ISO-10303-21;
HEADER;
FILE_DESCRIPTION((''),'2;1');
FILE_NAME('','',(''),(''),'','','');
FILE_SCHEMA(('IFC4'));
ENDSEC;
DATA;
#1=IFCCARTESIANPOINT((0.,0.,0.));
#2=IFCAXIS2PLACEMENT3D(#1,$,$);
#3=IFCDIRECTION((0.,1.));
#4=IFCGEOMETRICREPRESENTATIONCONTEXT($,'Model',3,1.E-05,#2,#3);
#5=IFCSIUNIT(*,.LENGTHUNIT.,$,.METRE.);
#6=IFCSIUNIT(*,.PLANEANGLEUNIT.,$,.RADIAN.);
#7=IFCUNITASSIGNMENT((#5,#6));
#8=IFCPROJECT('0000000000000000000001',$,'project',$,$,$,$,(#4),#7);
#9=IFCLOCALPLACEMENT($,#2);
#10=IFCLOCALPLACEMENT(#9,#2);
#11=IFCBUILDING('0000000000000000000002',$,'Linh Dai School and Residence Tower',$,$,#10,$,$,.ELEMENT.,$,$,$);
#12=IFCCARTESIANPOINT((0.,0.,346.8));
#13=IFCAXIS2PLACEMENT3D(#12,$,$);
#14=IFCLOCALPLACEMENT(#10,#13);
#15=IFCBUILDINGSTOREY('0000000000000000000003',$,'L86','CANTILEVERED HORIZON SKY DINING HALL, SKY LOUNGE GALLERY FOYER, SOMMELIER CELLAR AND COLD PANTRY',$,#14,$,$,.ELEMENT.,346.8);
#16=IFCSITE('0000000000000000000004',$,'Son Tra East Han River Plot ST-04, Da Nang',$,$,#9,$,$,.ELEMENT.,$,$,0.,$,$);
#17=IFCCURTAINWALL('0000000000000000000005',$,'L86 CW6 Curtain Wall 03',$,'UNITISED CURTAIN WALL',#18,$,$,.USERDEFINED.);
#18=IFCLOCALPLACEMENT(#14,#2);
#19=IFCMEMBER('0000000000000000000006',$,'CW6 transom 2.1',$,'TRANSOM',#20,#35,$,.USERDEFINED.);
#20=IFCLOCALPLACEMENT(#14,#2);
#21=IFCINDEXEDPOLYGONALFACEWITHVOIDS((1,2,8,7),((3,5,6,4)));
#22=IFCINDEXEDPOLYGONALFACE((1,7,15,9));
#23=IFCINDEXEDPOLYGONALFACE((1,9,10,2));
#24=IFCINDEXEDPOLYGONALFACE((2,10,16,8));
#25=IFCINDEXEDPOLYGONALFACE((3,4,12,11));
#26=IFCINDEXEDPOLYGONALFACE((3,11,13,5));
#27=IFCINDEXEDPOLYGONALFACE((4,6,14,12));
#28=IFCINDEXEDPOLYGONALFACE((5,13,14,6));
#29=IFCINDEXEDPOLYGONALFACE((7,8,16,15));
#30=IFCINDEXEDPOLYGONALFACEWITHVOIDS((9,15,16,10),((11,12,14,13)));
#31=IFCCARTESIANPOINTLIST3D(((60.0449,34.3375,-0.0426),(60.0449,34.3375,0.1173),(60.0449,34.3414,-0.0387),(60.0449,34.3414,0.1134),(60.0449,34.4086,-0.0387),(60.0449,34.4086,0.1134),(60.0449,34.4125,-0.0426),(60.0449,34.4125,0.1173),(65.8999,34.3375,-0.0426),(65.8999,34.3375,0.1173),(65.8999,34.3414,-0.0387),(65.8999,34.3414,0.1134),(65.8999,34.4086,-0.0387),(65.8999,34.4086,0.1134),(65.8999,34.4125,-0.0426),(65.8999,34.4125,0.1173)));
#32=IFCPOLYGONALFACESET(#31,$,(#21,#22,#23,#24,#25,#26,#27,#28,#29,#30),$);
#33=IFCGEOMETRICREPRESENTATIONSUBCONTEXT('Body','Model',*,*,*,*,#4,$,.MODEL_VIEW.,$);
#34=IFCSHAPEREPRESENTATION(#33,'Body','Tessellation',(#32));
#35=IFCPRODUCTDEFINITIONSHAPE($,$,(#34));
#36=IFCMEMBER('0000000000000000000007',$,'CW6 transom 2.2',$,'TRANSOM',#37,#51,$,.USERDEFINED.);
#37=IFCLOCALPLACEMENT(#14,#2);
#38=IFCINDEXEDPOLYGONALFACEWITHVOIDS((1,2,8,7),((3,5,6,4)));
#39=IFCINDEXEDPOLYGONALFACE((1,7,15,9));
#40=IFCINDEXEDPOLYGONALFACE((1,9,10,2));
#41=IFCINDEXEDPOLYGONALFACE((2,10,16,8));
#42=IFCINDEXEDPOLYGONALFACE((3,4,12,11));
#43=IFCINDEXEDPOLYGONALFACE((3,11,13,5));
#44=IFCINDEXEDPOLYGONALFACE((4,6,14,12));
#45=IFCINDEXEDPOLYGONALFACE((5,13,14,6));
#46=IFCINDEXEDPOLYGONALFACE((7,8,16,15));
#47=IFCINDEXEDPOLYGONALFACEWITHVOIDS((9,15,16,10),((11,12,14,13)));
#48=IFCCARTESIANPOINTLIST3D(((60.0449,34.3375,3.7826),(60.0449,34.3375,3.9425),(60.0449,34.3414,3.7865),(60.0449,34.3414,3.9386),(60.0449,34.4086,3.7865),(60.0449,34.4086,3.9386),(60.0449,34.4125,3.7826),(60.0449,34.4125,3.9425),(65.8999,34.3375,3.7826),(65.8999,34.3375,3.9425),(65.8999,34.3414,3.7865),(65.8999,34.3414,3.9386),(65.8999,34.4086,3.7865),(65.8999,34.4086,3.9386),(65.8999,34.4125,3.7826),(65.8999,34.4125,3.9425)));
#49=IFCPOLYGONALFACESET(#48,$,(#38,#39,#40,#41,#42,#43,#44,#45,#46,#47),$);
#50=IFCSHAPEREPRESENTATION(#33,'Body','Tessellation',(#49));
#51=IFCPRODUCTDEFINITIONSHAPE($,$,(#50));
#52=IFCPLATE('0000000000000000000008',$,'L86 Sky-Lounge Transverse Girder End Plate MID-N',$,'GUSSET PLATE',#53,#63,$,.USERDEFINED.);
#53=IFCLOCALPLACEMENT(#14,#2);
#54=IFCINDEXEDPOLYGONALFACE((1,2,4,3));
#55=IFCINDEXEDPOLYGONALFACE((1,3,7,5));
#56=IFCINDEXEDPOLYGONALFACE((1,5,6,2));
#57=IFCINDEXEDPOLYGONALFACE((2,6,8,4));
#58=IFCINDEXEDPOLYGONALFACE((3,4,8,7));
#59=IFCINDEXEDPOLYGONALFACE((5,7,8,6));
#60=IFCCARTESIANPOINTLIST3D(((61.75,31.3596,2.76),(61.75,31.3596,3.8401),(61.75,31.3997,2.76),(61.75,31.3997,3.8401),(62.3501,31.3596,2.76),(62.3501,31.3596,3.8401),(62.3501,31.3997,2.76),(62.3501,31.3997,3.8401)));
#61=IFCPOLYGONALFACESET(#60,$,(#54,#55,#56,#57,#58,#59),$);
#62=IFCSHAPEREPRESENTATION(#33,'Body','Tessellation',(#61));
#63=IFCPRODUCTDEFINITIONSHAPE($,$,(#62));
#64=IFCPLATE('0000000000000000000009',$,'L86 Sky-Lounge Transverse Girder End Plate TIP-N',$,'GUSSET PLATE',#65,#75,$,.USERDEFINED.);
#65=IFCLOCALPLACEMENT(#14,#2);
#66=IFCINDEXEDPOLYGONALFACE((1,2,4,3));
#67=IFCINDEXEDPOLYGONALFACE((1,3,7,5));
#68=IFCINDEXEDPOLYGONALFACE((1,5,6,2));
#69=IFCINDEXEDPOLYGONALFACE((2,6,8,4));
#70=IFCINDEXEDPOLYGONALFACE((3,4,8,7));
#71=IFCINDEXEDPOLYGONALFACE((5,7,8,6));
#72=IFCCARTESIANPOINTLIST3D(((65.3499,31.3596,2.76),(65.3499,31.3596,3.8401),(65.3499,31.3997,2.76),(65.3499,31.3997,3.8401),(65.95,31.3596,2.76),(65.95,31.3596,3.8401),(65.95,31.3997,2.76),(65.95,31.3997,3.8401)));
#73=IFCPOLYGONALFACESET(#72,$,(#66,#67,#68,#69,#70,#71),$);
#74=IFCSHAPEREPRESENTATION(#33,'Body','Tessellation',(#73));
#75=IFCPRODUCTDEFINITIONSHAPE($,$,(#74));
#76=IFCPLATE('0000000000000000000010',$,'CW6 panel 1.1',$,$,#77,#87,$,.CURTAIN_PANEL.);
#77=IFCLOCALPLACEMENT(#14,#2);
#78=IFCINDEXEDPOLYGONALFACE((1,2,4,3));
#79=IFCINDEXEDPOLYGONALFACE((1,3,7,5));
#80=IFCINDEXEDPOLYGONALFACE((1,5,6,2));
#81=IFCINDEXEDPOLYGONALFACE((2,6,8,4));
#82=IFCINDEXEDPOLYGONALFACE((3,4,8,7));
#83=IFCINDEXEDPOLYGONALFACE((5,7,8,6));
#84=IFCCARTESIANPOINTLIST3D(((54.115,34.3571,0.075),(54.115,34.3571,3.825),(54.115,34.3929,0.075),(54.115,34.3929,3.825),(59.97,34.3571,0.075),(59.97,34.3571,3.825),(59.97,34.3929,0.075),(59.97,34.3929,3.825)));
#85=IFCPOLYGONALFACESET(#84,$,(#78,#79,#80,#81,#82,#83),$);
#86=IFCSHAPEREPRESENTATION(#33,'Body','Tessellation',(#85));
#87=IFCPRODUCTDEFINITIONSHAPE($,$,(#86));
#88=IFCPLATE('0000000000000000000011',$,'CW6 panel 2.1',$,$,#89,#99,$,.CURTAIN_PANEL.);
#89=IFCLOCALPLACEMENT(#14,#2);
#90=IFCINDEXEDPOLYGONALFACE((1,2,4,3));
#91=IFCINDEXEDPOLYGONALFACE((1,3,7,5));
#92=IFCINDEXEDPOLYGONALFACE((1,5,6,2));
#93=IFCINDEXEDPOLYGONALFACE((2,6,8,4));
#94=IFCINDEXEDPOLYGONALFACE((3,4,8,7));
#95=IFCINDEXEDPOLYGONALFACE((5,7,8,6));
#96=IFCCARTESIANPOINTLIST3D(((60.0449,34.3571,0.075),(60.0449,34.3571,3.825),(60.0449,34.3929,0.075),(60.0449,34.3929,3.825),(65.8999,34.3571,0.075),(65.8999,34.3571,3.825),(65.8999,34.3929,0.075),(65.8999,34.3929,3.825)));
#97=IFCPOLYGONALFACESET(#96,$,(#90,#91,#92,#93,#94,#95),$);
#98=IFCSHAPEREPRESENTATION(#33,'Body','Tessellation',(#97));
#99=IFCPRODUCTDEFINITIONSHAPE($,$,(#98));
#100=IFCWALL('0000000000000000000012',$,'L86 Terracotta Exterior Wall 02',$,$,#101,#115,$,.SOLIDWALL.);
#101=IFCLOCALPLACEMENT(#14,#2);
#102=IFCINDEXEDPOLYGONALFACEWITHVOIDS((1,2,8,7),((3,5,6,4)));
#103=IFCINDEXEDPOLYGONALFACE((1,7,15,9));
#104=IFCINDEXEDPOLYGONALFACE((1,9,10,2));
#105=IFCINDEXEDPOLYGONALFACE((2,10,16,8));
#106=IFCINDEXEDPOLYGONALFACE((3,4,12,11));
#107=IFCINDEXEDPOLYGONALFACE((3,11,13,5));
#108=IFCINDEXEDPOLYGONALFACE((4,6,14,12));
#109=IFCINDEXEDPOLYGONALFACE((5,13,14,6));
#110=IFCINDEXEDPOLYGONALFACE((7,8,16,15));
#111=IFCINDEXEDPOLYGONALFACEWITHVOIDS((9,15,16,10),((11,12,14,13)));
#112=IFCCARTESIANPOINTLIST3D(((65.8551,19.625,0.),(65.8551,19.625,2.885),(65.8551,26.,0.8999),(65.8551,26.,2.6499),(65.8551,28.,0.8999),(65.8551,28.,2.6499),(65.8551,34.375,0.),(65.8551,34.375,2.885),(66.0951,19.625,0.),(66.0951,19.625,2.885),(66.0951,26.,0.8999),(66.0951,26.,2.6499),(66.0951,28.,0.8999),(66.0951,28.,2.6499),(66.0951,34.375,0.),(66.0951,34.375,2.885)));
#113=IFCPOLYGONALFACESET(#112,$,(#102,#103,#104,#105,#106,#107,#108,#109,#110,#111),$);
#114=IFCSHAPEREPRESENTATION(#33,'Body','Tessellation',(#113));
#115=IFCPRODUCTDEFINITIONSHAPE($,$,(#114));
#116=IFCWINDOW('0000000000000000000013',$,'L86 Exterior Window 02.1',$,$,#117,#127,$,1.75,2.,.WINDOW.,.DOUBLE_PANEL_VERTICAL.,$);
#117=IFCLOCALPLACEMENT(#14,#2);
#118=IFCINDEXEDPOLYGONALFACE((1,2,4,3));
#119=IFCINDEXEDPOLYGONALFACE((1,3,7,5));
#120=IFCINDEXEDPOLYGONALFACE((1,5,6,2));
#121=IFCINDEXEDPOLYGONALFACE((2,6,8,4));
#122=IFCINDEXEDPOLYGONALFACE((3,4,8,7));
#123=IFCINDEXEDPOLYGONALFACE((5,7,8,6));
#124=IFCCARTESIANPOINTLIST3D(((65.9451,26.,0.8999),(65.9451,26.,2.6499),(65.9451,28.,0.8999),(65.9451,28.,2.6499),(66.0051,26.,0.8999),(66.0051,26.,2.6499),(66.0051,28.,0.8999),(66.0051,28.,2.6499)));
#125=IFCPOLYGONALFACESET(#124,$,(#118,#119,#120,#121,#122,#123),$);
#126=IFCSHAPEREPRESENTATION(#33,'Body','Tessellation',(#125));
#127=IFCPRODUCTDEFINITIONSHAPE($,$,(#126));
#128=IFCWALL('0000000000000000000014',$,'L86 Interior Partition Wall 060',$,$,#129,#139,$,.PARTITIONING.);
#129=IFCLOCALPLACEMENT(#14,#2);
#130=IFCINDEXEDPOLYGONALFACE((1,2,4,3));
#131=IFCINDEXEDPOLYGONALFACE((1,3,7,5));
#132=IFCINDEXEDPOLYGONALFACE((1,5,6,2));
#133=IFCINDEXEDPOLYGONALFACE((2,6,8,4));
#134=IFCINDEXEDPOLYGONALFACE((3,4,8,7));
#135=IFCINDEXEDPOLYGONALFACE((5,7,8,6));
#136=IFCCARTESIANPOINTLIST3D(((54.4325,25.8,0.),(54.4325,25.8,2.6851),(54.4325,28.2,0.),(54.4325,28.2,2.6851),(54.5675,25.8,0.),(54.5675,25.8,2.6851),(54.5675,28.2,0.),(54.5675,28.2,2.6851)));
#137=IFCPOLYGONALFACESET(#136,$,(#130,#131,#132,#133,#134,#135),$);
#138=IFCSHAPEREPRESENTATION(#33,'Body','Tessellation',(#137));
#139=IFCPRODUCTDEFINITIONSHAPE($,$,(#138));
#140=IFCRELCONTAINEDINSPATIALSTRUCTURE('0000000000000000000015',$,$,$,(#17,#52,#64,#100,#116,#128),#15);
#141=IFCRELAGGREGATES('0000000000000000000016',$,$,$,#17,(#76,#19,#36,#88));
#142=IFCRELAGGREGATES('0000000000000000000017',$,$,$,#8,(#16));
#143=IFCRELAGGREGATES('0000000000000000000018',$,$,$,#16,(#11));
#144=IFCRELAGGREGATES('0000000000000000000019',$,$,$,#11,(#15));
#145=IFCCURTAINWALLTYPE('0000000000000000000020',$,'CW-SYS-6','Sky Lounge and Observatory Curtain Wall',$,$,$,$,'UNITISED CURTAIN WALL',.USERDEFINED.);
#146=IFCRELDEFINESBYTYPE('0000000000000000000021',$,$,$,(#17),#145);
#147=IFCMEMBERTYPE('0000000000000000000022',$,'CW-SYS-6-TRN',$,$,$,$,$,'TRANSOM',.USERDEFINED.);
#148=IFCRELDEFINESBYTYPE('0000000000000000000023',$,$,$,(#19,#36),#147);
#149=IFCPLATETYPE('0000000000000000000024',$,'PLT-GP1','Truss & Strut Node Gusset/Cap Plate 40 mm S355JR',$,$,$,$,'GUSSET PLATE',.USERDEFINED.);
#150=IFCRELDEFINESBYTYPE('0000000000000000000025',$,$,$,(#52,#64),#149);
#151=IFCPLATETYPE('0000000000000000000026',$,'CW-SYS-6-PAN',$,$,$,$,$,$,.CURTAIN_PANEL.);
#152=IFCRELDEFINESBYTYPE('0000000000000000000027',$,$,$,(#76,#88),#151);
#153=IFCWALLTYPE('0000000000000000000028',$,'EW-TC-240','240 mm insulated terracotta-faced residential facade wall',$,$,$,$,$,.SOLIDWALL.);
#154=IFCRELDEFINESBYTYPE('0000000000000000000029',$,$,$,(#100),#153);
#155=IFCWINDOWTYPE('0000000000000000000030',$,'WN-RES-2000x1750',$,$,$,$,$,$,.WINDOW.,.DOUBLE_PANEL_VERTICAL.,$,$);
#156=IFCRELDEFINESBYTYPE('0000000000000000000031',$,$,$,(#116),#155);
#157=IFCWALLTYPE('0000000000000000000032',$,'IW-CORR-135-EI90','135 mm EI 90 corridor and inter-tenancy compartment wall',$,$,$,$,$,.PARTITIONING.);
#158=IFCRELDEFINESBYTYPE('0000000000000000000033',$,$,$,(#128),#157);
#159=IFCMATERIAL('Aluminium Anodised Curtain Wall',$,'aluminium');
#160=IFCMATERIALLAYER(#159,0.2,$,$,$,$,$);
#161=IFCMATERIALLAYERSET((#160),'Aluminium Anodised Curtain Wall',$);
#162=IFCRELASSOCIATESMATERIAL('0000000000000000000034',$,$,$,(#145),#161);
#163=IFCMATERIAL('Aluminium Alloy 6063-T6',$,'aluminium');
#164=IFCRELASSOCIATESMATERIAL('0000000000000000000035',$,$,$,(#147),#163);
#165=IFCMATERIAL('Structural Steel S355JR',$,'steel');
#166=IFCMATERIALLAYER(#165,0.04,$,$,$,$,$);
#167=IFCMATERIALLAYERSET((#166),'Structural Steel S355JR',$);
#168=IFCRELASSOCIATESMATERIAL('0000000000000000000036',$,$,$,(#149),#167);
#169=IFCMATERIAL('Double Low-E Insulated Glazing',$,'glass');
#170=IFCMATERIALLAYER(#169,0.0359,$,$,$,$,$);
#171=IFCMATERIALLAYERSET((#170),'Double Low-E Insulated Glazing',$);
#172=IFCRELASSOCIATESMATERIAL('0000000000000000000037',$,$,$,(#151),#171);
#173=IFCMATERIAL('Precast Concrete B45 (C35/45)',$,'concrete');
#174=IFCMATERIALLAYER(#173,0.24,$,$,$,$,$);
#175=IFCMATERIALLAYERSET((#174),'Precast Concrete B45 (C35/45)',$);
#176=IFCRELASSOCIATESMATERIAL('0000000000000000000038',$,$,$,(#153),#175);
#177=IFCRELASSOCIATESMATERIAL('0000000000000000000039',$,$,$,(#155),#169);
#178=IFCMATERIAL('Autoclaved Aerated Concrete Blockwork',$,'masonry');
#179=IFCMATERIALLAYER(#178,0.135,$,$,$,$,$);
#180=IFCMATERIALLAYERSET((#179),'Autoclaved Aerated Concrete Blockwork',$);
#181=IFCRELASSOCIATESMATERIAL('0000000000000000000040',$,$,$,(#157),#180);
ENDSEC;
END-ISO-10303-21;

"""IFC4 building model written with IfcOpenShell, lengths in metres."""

from ifc_helpers import new_model, si_unit, direction, frame, frame_2d, origin, origin_2d, place, context, subcontext, project, spatial, rectangle, hollow_rectangle, extrude, source, transform, mapped, material, layer, layer_set, material_profile, profile_set, type_object, element, fill, aggregate, save


model = new_model("IFC4")

# Units and contexts
model_context = context("Model", 3, precision=1e-05, world=origin(), true_north=direction((0.0, 1.0)))
body_context = subcontext(model_context, "Body", "Model", "MODEL_VIEW")
ifc_project = project(units=[si_unit("LENGTHUNIT", "METRE"), si_unit("PLANEANGLEUNIT", "RADIAN")], contexts=[model_context])

# Site, building, storey
site_placement = place(None, origin())
site = spatial("IfcSite", under=ifc_project, at=site_placement, Name="Son Tra East Han River Plot ST-04, Da Nang", CompositionType="ELEMENT", RefElevation=0.0)
building_placement = place(site_placement, origin())
building = spatial("IfcBuilding", under=site, at=building_placement, Name="Linh Dai School and Residence Tower", CompositionType="ELEMENT")
storey_placement = place(building_placement, frame((0.0, 0.0, 346.8)))
storey = spatial("IfcBuildingStorey", under=building, at=storey_placement, Name="L86", Description="CANTILEVERED HORIZON SKY DINING HALL, SKY LOUNGE GALLERY FOYER, SOMMELIER CELLAR AND COLD PANTRY", CompositionType="ELEMENT", Elevation=346.8)

# Shared definitions
ifc_material_1 = material(Name="Structural Steel S355JR", Category="steel")

# Curtain wall, members
ifc_material_2 = material(Name="Aluminium Anodised Curtain Wall", Category="aluminium")
ifc_layer_1 = layer(ifc_material_2, 0.2)
ifc_layer_set_1 = layer_set([ifc_layer_1], Name="Aluminium Anodised Curtain Wall")
curtain_wall_type = type_object("IfcCurtainWallType", Name="CW-SYS-6", Description="Sky Lounge and Observatory Curtain Wall", ElementType="UNITISED CURTAIN WALL", PredefinedType="USERDEFINED", material=ifc_layer_set_1)
curtain_wall_placement = place(storey_placement, origin())
curtain_wall = element("IfcCurtainWall", 1, at=curtain_wall_placement, inside=storey, type_object=curtain_wall_type, Name="L86 CW6 Curtain Wall 03", ObjectType="UNITISED CURTAIN WALL", PredefinedType="USERDEFINED")
ifc_material_3 = material(Name="Aluminium Alloy 6063-T6", Category="aluminium")
ifc_material_profile_1 = material_profile(ifc_material_3, hollow_rectangle(XDim=0.075, YDim=0.1599, WallThickness=0.0039, at=origin_2d()), Name="RHS 160x75x4")
ifc_profile_set_1 = profile_set([ifc_material_profile_1], Name="Aluminium Alloy 6063-T6")
member_type_1 = type_object("IfcMemberType", Name="CW-SYS-6-TRN", ElementType="TRANSOM", PredefinedType="USERDEFINED", material=ifc_profile_set_1)
shared_shape_1 = source(origin(), body_context, "Body", "SweptSolid", [
    extrude(hollow_rectangle(XDim=0.075, YDim=0.1599, WallThickness=0.0039, at=origin_2d()), origin(), (0.0, 0.0, 1.0), 5.855),
])
member_1_placement = place(storey_placement, frame((60.0449, 34.375, 0.0374), z_axis=(1.0, 0.0, 0.0), x_axis=(0.0, 1.0, 0.0)))
member_1 = element("IfcMember", 2, at=member_1_placement, type_object=member_type_1, Name="CW6 transom 2.1", ObjectType="TRANSOM", PredefinedType="USERDEFINED", context=body_context, shape_type="MappedRepresentation", body=[
    mapped(shared_shape_1, transform((0.0, 0.0, 0.0), x_axis=(1.0, 0.0, 0.0), y_axis=(0.0, 1.0, 0.0), z_axis=(0.0, 0.0, 1.0), scale=1.0)),
])
member_2_placement = place(storey_placement, frame((60.0449, 34.375, 3.8625), z_axis=(1.0, 0.0, 0.0), x_axis=(0.0, 1.0, 0.0)))
member_2 = element("IfcMember", 3, at=member_2_placement, type_object=member_type_1, Name="CW6 transom 2.2", ObjectType="TRANSOM", PredefinedType="USERDEFINED", context=body_context, shape_type="MappedRepresentation", body=[
    mapped(shared_shape_1, transform((0.0, 0.0, 0.0), x_axis=(1.0, 0.0, 0.0), y_axis=(0.0, 1.0, 0.0), z_axis=(0.0, 0.0, 1.0), scale=1.0)),
])

# Plates
ifc_layer_2 = layer(ifc_material_1, 0.04)
ifc_layer_set_2 = layer_set([ifc_layer_2], Name="Structural Steel S355JR")
plate_type_1 = type_object("IfcPlateType", Name="PLT-GP1", Description="Truss & Strut Node Gusset/Cap Plate 40 mm S355JR", ElementType="GUSSET PLATE", PredefinedType="USERDEFINED", material=ifc_layer_set_2)
shared_shape_2 = source(origin(), body_context, "Body", "SweptSolid", [
    extrude(rectangle(XDim=0.6001, YDim=0.04, at=origin_2d()), origin(), (0.0, 0.0, 1.0), 1.0801),
])
for number, where, z_axis, x_axis, name in (
    (4, (62.05, 31.3796, 2.76), (0.0, 0.0, 1.0), (1.0, 0.0, 0.0), "L86 Sky-Lounge Transverse Girder End Plate MID-N"),
    (5, (65.6499, 31.3796, 2.76), (0.0, 0.0, 1.0), (1.0, 0.0, 0.0), "L86 Sky-Lounge Transverse Girder End Plate TIP-N"),
):
    element("IfcPlate", number, at=place(storey_placement, frame(where, z_axis=z_axis, x_axis=x_axis)), inside=storey, type_object=plate_type_1, Name=name, ObjectType="GUSSET PLATE", PredefinedType="USERDEFINED", context=body_context, shape_type="MappedRepresentation", body=[
        mapped(shared_shape_2, transform((0.0, 0.0, 0.0), x_axis=(1.0, 0.0, 0.0), y_axis=(0.0, 1.0, 0.0), z_axis=(0.0, 0.0, 1.0), scale=1.0)),
    ])

# Plates
ifc_material_4 = material(Name="Double Low-E Insulated Glazing", Category="glass")
ifc_layer_3 = layer(ifc_material_4, 0.0359)
ifc_layer_set_3 = layer_set([ifc_layer_3], Name="Double Low-E Insulated Glazing")
plate_type_2 = type_object("IfcPlateType", Name="CW-SYS-6-PAN", PredefinedType="CURTAIN_PANEL", material=ifc_layer_set_3)
shared_shape_3 = source(origin(), body_context, "Body", "SweptSolid", [
    extrude(rectangle(XDim=5.855, YDim=0.0359, at=origin_2d()), origin(), (0.0, 0.0, 1.0), 3.75),
])
plate_1_placement = place(storey_placement, frame((57.0425, 34.375, 0.075), z_axis=(0.0, 0.0, 1.0), x_axis=(1.0, 0.0, 0.0)))
plate_1 = element("IfcPlate", 6, at=plate_1_placement, type_object=plate_type_2, Name="CW6 panel 1.1", PredefinedType="CURTAIN_PANEL", context=body_context, shape_type="MappedRepresentation", body=[
    mapped(shared_shape_3, transform((0.0, 0.0, 0.0), x_axis=(1.0, 0.0, 0.0), y_axis=(0.0, 1.0, 0.0), z_axis=(0.0, 0.0, 1.0), scale=1.0)),
])
plate_2_placement = place(storey_placement, frame((62.9724, 34.375, 0.075), z_axis=(0.0, 0.0, 1.0), x_axis=(1.0, 0.0, 0.0)))
plate_2 = element("IfcPlate", 7, at=plate_2_placement, type_object=plate_type_2, Name="CW6 panel 2.1", PredefinedType="CURTAIN_PANEL", context=body_context, shape_type="MappedRepresentation", body=[
    mapped(shared_shape_3, transform((0.0, 0.0, 0.0), x_axis=(1.0, 0.0, 0.0), y_axis=(0.0, 1.0, 0.0), z_axis=(0.0, 0.0, 1.0), scale=1.0)),
])
aggregate(curtain_wall, [plate_1, member_1, member_2, plate_2])

# Wall, opening, window
ifc_material_5 = material(Name="Precast Concrete B45 (C35/45)", Category="concrete")
ifc_layer_4 = layer(ifc_material_5, 0.24)
ifc_layer_set_4 = layer_set([ifc_layer_4], Name="Precast Concrete B45 (C35/45)")
wall_type_1 = type_object("IfcWallType", Name="EW-TC-240", Description="240 mm insulated terracotta-faced residential facade wall", PredefinedType="SOLIDWALL", material=ifc_layer_set_4)
wall_1_placement = place(storey_placement, frame((65.9751, 34.375, 0.0), z_axis=(0.0, 0.0, 1.0), x_axis=(0.0, -1.0, 0.0)))
wall_1 = element("IfcWall", 8, at=wall_1_placement, inside=storey, type_object=wall_type_1, Name="L86 Terracotta Exterior Wall 02", PredefinedType="SOLIDWALL", context=body_context, shape_type="SweptSolid", body=[
    extrude(rectangle(XDim=14.75, YDim=0.24, at=frame_2d((7.375, 0.0))), origin(), (0.0, 0.0, 1.0), 2.885),
])
opening_placement = place(wall_1_placement, frame((6.375, 0.0, 0.8999)))
opening = element("IfcOpeningElement", 9, at=opening_placement, cuts=wall_1, PredefinedType="OPENING", context=body_context, shape_type="SweptSolid", body=[
    extrude(rectangle(XDim=2.0, YDim=1.75, at=origin_2d()), frame((1.0, 0.1299, 0.875), z_axis=(0.0, -1.0, 0.0), x_axis=(1.0, 0.0, 0.0)), (0.0, 0.0, 1.0), 0.26),
])
window_type = type_object("IfcWindowType", Name="WN-RES-2000x1750", PartitioningType="DOUBLE_PANEL_VERTICAL", PredefinedType="WINDOW", material=ifc_material_4)
shared_shape_4 = source(origin(), body_context, "Body", "SweptSolid", [
    extrude(rectangle(XDim=2.0, YDim=1.75, at=origin_2d()), frame((1.0, 0.03, 0.875), z_axis=(0.0, -1.0, 0.0), x_axis=(1.0, 0.0, 0.0)), (0.0, 0.0, 1.0), 0.0601),
])
window_placement = place(opening_placement, origin())
window = element("IfcWindow", 10, at=window_placement, inside=storey, type_object=window_type, Name="L86 Exterior Window 02.1", OverallHeight=1.75, OverallWidth=2.0, PartitioningType="DOUBLE_PANEL_VERTICAL", PredefinedType="WINDOW", context=body_context, shape_type="MappedRepresentation", body=[
    mapped(shared_shape_4, transform((0.0, 0.0, 0.0), x_axis=(1.0, 0.0, 0.0), y_axis=(0.0, 1.0, 0.0), z_axis=(0.0, 0.0, 1.0), scale=1.0)),
])
fill(opening, window)

# Wall
ifc_material_6 = material(Name="Autoclaved Aerated Concrete Blockwork", Category="masonry")
ifc_layer_5 = layer(ifc_material_6, 0.135)
ifc_layer_set_5 = layer_set([ifc_layer_5], Name="Autoclaved Aerated Concrete Blockwork")
wall_type_2 = type_object("IfcWallType", Name="IW-CORR-135-EI90", Description="135 mm EI 90 corridor and inter-tenancy compartment wall", PredefinedType="PARTITIONING", material=ifc_layer_set_5)
wall_2_placement = place(storey_placement, frame((54.5, 25.8, 0.0), z_axis=(0.0, 0.0, 1.0), x_axis=(0.0, 1.0, 0.0)))
element("IfcWall", 11, at=wall_2_placement, inside=storey, type_object=wall_type_2, Name="L86 Interior Partition Wall 060", PredefinedType="PARTITIONING", context=body_context, shape_type="SweptSolid", body=[
    extrude(rectangle(XDim=2.3999, YDim=0.135, at=frame_2d((1.2, 0.0))), origin(), (0.0, 0.0, 1.0), 2.6851),
])

save(model, "model.ifc")
